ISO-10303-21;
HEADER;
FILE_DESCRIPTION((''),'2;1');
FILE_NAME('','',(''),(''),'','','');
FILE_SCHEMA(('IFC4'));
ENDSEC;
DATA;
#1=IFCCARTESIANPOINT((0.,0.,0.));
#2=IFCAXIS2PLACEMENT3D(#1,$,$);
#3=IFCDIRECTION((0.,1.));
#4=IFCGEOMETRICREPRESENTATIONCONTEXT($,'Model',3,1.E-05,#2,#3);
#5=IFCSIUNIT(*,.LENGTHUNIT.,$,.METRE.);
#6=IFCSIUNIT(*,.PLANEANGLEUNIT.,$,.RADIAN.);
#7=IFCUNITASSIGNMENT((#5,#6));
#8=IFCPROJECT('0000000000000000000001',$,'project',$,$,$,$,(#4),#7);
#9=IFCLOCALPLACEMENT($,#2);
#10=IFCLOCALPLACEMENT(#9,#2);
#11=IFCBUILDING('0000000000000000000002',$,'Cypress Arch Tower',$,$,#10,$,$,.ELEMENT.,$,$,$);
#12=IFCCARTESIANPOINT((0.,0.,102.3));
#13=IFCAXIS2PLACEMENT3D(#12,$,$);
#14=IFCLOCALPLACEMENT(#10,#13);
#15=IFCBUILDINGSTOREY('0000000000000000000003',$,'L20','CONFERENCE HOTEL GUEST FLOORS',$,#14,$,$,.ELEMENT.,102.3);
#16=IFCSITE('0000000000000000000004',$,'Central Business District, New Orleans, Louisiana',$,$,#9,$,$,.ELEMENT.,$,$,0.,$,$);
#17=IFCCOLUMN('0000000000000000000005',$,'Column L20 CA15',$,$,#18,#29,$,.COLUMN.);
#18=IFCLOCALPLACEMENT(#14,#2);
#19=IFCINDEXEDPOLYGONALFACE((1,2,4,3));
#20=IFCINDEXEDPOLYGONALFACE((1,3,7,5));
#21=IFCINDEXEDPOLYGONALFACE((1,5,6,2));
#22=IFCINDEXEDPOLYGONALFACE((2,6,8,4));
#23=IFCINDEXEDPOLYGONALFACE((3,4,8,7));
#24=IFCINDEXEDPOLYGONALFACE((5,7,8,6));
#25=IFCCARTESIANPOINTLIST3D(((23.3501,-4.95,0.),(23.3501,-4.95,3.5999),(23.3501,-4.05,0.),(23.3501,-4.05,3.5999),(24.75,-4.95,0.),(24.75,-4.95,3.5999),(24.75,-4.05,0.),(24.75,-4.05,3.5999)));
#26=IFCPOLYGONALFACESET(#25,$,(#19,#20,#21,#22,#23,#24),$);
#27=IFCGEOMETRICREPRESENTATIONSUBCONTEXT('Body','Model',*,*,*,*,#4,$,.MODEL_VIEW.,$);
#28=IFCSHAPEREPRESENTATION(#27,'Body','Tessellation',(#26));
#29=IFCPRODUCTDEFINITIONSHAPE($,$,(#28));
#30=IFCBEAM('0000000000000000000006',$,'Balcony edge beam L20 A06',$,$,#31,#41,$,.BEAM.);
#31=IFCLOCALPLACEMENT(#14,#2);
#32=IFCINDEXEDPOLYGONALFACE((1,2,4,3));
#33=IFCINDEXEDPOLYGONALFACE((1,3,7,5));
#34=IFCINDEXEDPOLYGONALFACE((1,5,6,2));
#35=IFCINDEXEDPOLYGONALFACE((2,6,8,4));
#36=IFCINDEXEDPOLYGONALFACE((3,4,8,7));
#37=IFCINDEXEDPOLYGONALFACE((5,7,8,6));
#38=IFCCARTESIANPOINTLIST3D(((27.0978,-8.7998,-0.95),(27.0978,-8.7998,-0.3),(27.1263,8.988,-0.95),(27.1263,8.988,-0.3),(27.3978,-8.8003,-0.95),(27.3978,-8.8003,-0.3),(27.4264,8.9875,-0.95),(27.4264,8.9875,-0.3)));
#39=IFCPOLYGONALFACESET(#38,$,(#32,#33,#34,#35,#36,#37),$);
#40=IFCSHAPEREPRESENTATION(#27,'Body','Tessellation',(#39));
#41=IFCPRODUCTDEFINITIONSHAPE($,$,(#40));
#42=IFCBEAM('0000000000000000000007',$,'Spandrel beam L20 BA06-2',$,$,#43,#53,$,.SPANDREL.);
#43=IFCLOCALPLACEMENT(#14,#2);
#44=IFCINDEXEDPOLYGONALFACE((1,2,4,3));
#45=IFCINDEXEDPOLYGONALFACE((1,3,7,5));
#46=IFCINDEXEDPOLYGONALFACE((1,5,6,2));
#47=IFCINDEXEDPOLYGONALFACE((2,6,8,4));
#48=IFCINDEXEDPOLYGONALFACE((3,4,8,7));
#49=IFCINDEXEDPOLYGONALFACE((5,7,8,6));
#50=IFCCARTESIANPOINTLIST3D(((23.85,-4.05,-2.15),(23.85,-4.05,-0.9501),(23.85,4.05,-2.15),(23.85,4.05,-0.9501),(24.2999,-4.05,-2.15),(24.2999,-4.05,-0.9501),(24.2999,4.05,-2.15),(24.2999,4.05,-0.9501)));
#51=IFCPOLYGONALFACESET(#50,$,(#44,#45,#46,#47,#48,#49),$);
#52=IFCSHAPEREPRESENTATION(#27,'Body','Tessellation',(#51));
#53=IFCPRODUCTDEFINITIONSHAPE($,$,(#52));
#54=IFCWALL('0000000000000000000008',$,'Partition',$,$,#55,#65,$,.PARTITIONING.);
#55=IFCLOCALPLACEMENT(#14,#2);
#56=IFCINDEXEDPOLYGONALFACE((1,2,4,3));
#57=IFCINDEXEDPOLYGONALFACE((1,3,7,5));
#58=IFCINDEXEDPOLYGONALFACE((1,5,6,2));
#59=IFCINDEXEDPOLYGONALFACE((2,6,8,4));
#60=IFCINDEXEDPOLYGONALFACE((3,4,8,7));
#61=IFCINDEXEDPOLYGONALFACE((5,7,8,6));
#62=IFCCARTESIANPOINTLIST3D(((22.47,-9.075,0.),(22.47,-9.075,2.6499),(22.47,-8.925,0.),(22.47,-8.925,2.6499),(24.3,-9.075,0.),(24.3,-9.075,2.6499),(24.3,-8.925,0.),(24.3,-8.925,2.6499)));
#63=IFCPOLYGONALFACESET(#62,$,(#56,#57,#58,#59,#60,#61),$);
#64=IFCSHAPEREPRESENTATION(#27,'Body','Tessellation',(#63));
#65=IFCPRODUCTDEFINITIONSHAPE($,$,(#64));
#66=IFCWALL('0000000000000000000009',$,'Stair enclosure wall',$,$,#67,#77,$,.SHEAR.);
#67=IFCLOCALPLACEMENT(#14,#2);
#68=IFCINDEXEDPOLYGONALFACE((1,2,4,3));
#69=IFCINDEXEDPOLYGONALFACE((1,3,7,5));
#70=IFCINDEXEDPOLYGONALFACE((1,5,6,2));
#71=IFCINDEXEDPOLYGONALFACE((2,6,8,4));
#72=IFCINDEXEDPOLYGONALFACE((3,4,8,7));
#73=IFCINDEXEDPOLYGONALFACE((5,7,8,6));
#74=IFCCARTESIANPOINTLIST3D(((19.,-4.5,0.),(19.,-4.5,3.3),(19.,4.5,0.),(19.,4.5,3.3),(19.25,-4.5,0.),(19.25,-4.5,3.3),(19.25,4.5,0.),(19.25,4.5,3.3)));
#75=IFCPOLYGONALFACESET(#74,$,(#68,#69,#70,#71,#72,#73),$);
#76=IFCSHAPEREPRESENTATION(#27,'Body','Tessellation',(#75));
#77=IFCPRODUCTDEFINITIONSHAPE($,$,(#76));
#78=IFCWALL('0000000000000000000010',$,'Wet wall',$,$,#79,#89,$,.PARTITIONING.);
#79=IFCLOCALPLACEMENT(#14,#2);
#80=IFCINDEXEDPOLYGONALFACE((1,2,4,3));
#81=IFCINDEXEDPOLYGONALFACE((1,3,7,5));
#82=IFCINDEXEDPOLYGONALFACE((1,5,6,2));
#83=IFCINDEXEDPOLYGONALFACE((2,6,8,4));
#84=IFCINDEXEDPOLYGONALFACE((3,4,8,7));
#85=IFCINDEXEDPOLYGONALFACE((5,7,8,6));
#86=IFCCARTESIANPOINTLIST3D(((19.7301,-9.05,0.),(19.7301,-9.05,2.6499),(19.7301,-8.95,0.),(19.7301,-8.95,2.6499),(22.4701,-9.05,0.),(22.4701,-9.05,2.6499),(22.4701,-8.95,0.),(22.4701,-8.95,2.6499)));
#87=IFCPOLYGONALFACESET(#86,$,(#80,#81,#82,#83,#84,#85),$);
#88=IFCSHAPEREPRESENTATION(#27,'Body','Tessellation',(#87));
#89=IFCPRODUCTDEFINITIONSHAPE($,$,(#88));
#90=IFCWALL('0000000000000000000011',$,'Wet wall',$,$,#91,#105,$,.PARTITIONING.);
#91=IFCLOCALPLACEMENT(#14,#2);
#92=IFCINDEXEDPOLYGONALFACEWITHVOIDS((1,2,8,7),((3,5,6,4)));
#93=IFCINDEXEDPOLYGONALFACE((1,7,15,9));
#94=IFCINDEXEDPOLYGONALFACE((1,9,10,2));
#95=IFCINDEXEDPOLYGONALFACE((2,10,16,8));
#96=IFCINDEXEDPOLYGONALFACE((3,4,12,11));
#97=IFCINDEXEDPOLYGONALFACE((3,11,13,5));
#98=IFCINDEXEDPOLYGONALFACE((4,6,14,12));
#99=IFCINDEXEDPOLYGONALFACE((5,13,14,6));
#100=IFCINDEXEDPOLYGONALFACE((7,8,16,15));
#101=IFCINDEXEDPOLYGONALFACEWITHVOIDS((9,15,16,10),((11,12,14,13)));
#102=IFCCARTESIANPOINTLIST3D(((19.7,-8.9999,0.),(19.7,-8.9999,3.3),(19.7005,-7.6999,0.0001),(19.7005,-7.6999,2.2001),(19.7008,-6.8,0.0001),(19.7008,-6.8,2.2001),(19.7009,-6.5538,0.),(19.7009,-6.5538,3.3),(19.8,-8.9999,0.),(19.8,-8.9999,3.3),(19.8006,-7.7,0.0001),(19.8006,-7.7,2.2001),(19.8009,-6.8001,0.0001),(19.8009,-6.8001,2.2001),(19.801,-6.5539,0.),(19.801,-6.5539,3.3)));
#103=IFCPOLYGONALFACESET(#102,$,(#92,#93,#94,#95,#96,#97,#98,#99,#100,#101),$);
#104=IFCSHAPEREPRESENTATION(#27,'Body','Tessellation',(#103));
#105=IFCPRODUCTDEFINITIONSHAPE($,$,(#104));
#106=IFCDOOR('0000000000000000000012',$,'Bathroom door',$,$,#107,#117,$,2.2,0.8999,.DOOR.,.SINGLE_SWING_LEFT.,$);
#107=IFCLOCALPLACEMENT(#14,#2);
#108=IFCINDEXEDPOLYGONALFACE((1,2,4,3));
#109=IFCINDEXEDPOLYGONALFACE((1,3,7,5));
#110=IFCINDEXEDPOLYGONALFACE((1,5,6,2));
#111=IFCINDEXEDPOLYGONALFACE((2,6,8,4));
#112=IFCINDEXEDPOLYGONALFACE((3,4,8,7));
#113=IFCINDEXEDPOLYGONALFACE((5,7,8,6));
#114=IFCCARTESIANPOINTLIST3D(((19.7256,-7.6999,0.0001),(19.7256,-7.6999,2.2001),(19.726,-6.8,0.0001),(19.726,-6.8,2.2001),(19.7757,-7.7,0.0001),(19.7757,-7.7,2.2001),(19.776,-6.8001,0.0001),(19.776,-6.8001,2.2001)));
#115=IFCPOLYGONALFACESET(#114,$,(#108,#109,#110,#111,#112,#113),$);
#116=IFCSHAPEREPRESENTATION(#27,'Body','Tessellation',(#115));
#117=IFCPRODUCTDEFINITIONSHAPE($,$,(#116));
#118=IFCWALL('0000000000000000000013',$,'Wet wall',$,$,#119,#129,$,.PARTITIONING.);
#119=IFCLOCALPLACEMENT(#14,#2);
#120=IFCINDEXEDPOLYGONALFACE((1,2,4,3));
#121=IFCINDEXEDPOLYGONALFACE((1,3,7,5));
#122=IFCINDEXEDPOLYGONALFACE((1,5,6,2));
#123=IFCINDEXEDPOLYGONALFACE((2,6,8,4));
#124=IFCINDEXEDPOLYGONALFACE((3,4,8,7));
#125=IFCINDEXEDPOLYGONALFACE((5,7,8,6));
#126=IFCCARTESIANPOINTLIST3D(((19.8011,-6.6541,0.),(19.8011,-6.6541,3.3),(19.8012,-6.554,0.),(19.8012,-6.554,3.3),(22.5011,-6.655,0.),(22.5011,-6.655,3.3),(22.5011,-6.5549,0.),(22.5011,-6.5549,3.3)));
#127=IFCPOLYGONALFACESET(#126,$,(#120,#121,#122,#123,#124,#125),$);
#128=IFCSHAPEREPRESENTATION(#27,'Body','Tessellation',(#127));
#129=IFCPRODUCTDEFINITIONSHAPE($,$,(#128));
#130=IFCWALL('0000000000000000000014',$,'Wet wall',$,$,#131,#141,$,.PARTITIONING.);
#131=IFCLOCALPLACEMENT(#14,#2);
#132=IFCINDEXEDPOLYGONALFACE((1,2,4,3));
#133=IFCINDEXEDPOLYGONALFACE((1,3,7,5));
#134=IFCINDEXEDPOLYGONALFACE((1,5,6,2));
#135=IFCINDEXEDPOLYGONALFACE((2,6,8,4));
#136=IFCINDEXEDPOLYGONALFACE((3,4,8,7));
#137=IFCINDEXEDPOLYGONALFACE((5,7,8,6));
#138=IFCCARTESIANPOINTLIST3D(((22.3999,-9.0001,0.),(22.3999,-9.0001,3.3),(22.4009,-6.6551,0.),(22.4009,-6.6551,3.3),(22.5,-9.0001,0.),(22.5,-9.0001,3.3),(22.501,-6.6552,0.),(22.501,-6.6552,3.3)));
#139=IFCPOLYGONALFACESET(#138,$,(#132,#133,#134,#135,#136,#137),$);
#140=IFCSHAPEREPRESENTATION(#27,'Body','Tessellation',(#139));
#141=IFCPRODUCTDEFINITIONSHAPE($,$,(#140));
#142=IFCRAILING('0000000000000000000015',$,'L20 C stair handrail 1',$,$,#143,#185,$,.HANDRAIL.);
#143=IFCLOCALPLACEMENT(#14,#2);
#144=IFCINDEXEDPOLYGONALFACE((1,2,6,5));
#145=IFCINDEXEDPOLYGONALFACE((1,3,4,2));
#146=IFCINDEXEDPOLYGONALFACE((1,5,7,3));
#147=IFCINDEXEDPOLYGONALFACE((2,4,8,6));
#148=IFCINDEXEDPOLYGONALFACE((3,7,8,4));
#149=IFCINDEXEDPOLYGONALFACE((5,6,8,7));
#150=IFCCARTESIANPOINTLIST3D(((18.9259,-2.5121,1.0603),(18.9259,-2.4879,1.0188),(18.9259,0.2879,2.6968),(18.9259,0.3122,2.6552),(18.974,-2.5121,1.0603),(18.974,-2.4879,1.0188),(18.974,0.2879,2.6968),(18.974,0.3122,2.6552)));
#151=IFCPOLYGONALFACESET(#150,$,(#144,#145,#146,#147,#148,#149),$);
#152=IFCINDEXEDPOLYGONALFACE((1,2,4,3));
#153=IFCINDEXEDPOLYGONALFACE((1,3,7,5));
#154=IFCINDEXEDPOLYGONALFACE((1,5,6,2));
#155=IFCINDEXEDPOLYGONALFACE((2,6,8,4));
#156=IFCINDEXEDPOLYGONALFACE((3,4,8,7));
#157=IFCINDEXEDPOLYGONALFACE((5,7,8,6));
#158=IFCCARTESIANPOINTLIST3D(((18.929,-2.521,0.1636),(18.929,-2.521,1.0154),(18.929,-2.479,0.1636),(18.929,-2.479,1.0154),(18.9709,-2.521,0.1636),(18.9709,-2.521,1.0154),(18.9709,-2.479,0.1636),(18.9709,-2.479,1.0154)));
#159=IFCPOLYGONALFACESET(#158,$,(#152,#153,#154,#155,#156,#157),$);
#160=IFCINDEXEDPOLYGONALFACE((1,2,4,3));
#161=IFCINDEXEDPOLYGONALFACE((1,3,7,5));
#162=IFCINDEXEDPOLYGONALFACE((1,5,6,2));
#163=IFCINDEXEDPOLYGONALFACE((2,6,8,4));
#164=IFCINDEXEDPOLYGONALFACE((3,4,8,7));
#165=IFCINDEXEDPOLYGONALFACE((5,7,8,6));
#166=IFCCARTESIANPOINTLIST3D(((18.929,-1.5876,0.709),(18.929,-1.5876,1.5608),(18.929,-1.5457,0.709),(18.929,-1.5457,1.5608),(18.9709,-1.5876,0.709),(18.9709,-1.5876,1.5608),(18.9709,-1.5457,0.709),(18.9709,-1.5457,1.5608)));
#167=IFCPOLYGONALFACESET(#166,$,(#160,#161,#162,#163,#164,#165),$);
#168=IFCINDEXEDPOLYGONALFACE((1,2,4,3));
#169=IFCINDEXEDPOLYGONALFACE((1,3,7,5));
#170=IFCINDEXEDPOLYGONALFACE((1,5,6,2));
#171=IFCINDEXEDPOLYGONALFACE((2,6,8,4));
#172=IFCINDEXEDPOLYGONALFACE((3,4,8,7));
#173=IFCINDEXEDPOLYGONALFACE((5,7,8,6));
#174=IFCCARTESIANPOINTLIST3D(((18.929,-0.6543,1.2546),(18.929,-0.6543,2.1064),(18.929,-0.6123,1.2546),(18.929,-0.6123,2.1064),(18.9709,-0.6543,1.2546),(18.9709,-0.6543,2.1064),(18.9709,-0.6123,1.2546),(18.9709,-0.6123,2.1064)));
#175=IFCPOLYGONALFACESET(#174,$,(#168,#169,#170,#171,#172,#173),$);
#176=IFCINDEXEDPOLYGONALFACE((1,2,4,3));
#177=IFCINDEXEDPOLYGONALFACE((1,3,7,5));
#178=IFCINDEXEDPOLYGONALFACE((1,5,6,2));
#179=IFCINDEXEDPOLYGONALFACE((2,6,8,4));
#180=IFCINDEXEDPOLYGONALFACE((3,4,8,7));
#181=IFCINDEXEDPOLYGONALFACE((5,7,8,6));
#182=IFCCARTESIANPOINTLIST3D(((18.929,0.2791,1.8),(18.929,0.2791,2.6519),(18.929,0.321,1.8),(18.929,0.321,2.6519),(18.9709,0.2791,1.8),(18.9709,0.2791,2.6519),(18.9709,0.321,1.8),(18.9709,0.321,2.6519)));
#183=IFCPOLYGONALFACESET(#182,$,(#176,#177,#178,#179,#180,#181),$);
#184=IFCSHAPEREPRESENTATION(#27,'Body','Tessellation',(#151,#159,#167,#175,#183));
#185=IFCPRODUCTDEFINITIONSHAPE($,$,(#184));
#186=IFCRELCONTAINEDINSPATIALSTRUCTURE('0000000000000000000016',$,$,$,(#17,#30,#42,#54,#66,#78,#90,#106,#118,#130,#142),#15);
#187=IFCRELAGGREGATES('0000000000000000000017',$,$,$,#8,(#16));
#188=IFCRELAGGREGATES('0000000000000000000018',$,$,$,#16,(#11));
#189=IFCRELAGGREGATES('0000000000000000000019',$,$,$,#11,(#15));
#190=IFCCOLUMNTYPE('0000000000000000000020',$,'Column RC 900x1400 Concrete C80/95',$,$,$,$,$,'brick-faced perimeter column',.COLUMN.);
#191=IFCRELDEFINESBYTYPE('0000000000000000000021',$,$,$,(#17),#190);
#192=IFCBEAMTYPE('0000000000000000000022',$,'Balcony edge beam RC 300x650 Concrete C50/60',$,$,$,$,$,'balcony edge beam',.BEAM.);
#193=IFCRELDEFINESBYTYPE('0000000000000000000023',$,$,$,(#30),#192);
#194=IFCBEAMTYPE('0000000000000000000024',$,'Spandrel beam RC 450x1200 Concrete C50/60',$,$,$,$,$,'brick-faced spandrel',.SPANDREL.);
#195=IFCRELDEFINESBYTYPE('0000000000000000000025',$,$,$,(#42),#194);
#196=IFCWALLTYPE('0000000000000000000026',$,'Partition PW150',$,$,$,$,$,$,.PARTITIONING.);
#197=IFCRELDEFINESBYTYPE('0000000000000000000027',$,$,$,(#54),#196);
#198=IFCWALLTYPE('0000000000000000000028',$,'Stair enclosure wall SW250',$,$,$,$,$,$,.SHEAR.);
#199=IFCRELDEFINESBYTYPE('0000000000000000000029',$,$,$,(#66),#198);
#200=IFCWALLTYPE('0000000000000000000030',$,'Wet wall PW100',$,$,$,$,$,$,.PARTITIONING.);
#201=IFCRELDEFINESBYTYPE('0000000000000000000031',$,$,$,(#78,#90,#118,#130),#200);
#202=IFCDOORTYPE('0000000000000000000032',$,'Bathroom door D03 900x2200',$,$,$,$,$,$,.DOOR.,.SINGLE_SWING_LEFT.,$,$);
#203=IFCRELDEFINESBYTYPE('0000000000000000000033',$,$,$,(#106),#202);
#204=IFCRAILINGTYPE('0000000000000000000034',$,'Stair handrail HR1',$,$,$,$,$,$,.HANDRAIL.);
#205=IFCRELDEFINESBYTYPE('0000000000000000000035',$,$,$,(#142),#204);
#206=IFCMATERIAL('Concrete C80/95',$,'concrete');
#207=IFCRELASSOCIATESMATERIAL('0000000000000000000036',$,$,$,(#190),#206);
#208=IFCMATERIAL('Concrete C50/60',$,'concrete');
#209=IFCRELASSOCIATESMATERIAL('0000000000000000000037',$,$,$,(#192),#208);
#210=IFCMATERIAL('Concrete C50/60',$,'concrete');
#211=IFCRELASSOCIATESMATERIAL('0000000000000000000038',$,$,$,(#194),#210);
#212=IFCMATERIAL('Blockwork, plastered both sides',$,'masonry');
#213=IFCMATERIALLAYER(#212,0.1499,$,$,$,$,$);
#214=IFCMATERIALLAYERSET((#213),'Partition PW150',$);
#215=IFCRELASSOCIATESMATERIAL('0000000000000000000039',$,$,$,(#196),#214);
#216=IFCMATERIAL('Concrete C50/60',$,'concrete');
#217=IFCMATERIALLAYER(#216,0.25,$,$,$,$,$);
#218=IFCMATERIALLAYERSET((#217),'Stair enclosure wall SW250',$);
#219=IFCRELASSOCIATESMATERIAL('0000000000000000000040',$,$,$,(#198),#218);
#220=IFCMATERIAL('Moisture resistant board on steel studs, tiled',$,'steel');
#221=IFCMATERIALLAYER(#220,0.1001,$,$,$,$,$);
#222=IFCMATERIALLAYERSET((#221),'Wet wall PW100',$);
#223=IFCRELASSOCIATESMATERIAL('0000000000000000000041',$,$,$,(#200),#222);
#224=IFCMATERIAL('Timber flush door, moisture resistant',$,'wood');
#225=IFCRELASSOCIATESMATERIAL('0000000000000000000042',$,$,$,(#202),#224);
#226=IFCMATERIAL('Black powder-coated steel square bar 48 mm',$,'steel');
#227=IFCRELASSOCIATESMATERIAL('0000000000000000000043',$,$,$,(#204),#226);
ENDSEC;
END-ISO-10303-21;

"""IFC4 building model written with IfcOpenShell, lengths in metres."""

from ifc_helpers import new_model, si_unit, direction, frame, frame_2d, origin, origin_2d, place, context, subcontext, project, spatial, rectangle, extrude, material, layer, layer_set, material_profile, profile_set, type_object, element, fill, save


model = new_model("IFC4")

# Units and contexts
model_context = context("Model", 3, precision=1e-05, world=origin(), true_north=direction((0.0, 1.0)))
body_context = subcontext(model_context, "Body", "Model", "MODEL_VIEW")
ifc_project = project(units=[si_unit("LENGTHUNIT", "METRE"), si_unit("PLANEANGLEUNIT", "RADIAN")], contexts=[model_context])

# Site, building, storey
site_placement = place(None, origin())
site = spatial("IfcSite", under=ifc_project, at=site_placement, Name="Central Business District, New Orleans, Louisiana", CompositionType="ELEMENT", RefElevation=0.0)
building_placement = place(site_placement, origin())
building = spatial("IfcBuilding", under=site, at=building_placement, Name="Cypress Arch Tower", CompositionType="ELEMENT")
storey_placement = place(building_placement, frame((0.0, 0.0, 102.3)))
storey = spatial("IfcBuildingStorey", under=building, at=storey_placement, Name="L20", Description="CONFERENCE HOTEL GUEST FLOORS", CompositionType="ELEMENT", Elevation=102.3)

# Column
ifc_material_1 = material(Name="Concrete C80/95", Category="concrete")
ifc_material_profile_1 = material_profile(ifc_material_1, rectangle(XDim=0.8999, YDim=1.3999, at=origin_2d()), Name="RC 900x1400")
ifc_profile_set_1 = profile_set([ifc_material_profile_1], Name="Concrete C80/95")
column_type = type_object("IfcColumnType", Name="Column RC 900x1400 Concrete C80/95", ElementType="brick-faced perimeter column", PredefinedType="COLUMN", material=ifc_profile_set_1)
column_placement = place(storey_placement, frame((24.05, -4.5, 0.0), z_axis=(0.0, 0.0, 1.0), x_axis=(0.0, 1.0, 0.0)))
element("IfcColumn", 1, at=column_placement, inside=storey, type_object=column_type, Name="Column L20 CA15", PredefinedType="COLUMN", context=body_context, shape_type="SweptSolid", body=[
    extrude(rectangle(XDim=0.8999, YDim=1.3999, at=origin_2d()), origin(), (0.0, 0.0, 1.0), 3.5999),
])

# Beams
ifc_material_2 = material(Name="Concrete C50/60", Category="concrete")
ifc_material_profile_2 = material_profile(ifc_material_2, rectangle(XDim=0.3, YDim=0.6499, at=origin_2d()), Name="RC 300x650")
ifc_profile_set_2 = profile_set([ifc_material_profile_2], Name="Concrete C50/60")
beam_type_1 = type_object("IfcBeamType", Name="Balcony edge beam RC 300x650 Concrete C50/60", ElementType="balcony edge beam", PredefinedType="BEAM", material=ifc_profile_set_2)
beam_1_placement = place(storey_placement, frame((27.2478, -8.8, -0.625), z_axis=(0.001606, 0.999999, 0.0), x_axis=(-0.999999, 0.001606, 0.0)))
element("IfcBeam", 2, at=beam_1_placement, inside=storey, type_object=beam_type_1, Name="Balcony edge beam L20 A06", PredefinedType="BEAM", context=body_context, shape_type="SweptSolid", body=[
    extrude(rectangle(XDim=0.3, YDim=0.6499, at=origin_2d()), origin(), (0.0, 0.0, 1.0), 17.7878),
])
ifc_material_3 = material(Name="Concrete C50/60", Category="concrete")
ifc_material_profile_3 = material_profile(ifc_material_3, rectangle(XDim=0.45, YDim=1.2, at=origin_2d()), Name="RC 450x1200")
ifc_profile_set_3 = profile_set([ifc_material_profile_3], Name="Concrete C50/60")
beam_type_2 = type_object("IfcBeamType", Name="Spandrel beam RC 450x1200 Concrete C50/60", ElementType="brick-faced spandrel", PredefinedType="SPANDREL", material=ifc_profile_set_3)
beam_2_placement = place(storey_placement, frame((24.075, -4.05, -1.55), z_axis=(0.0, 1.0, 0.0), x_axis=(-1.0, 0.0, 0.0)))
element("IfcBeam", 3, at=beam_2_placement, inside=storey, type_object=beam_type_2, Name="Spandrel beam L20 BA06-2", PredefinedType="SPANDREL", context=body_context, shape_type="SweptSolid", body=[
    extrude(rectangle(XDim=0.45, YDim=1.2, at=origin_2d()), origin(), (0.0, 0.0, 1.0), 8.1001),
])

# Walls
ifc_material_4 = material(Name="Blockwork, plastered both sides", Category="masonry")
ifc_layer_1 = layer(ifc_material_4, 0.1499)
ifc_layer_set_1 = layer_set([ifc_layer_1], Name="Partition PW150")
wall_type_1 = type_object("IfcWallType", Name="Partition PW150", PredefinedType="PARTITIONING", material=ifc_layer_set_1)
wall_1_placement = place(storey_placement, frame((22.47, -9.0, 0.0), z_axis=(0.0, 0.0, 1.0), x_axis=(1.0, 0.0, 0.0)))
element("IfcWall", 4, at=wall_1_placement, inside=storey, type_object=wall_type_1, Name="Partition", PredefinedType="PARTITIONING", context=body_context, shape_type="SweptSolid", body=[
    extrude(rectangle(XDim=1.8301, YDim=0.1499, at=frame_2d((0.915, 0.0))), origin(), (0.0, 0.0, 1.0), 2.6499),
])
ifc_material_5 = material(Name="Concrete C50/60", Category="concrete")
ifc_layer_2 = layer(ifc_material_5, 0.25)
ifc_layer_set_2 = layer_set([ifc_layer_2], Name="Stair enclosure wall SW250")
wall_type_2 = type_object("IfcWallType", Name="Stair enclosure wall SW250", PredefinedType="SHEAR", material=ifc_layer_set_2)
wall_2_placement = place(storey_placement, frame((19.125, -4.5, 0.0), z_axis=(0.0, 0.0, 1.0), x_axis=(0.0, 1.0, 0.0)))
element("IfcWall", 5, at=wall_2_placement, inside=storey, type_object=wall_type_2, Name="Stair enclosure wall", PredefinedType="SHEAR", context=body_context, shape_type="SweptSolid", body=[
    extrude(rectangle(XDim=9.0, YDim=0.25, at=frame_2d((4.5, 0.0))), origin(), (0.0, 0.0, 1.0), 3.3),
])
ifc_material_6 = material(Name="Moisture resistant board on steel studs, tiled", Category="steel")
ifc_layer_3 = layer(ifc_material_6, 0.1001)
ifc_layer_set_3 = layer_set([ifc_layer_3], Name="Wet wall PW100")
wall_type_3 = type_object("IfcWallType", Name="Wet wall PW100", PredefinedType="PARTITIONING", material=ifc_layer_set_3)
wall_3_placement = place(storey_placement, frame((19.73, -9.0, 0.0), z_axis=(0.0, 0.0, 1.0), x_axis=(1.0, 0.0, 0.0)))
element("IfcWall", 6, at=wall_3_placement, inside=storey, type_object=wall_type_3, Name="Wet wall", PredefinedType="PARTITIONING", context=body_context, shape_type="SweptSolid", body=[
    extrude(rectangle(XDim=2.74, YDim=0.1001, at=frame_2d((1.3701, 0.0))), origin(), (0.0, 0.0, 1.0), 2.6499),
])

# Wall, opening, door
wall_4_placement = place(storey_placement, frame((19.75, -9.0, 0.0), z_axis=(0.0, 0.0, 1.0), x_axis=(0.000399, 1.0, 0.0)))
wall_4 = element("IfcWall", 7, at=wall_4_placement, inside=storey, type_object=wall_type_3, Name="Wet wall", PredefinedType="PARTITIONING", context=body_context, shape_type="SweptSolid", body=[
    extrude(rectangle(XDim=2.446, YDim=0.1001, at=frame_2d((1.2231, 0.0))), origin(), (0.0, 0.0, 1.0), 3.3),
])
opening_1_placement = place(wall_4_placement, frame((1.3, 0.0, 0.0)))
opening_1 = element("IfcOpeningElement", 8, at=opening_1_placement, cuts=wall_4, PredefinedType="OPENING", context=body_context, shape_type="SweptSolid", body=[
    extrude(rectangle(XDim=0.8999, YDim=2.2, at=frame_2d((0.45, 1.1001))), frame((0.0, 0.0601, 0.0), z_axis=(0.0, -1.0, 0.0), x_axis=(1.0, 0.0, 0.0)), (0.0, 0.0, 1.0), 0.1201),
])
ifc_material_7 = material(Name="Timber flush door, moisture resistant", Category="wood")
door_type_1 = type_object("IfcDoorType", Name="Bathroom door D03 900x2200", OperationType="SINGLE_SWING_LEFT", PredefinedType="DOOR", material=ifc_material_7)
door_1_placement = place(opening_1_placement, origin())
door_1 = element("IfcDoor", 9, at=door_1_placement, inside=storey, type_object=door_type_1, Name="Bathroom door", OperationType="SINGLE_SWING_LEFT", OverallHeight=2.2, OverallWidth=0.8999, PredefinedType="DOOR", context=body_context, shape_type="SweptSolid", body=[
    extrude(rectangle(XDim=0.8999, YDim=2.2, at=frame_2d((0.45, 1.1001))), frame((0.0, 0.0249, 0.0), z_axis=(0.0, -1.0, 0.0), x_axis=(1.0, 0.0, 0.0)), (0.0, 0.0, 1.0), 0.05),
])
fill(opening_1, door_1)

# Walls
wall_5_placement = place(storey_placement, frame((19.801, -6.604, 0.0), z_axis=(0.0, 0.0, 1.0), x_axis=(1.0, -0.000362, 0.0)))
element("IfcWall", 10, at=wall_5_placement, inside=storey, type_object=wall_type_3, Name="Wet wall", PredefinedType="PARTITIONING", context=body_context, shape_type="SweptSolid", body=[
    extrude(rectangle(XDim=2.7, YDim=0.1001, at=frame_2d((1.3501, 0.0))), origin(), (0.0, 0.0, 1.0), 3.3),
])
wall_6_placement = place(storey_placement, frame((22.45, -9.0, 0.0), z_axis=(0.0, 0.0, 1.0), x_axis=(0.000416, 1.0, 0.0)))
element("IfcWall", 11, at=wall_6_placement, inside=storey, type_object=wall_type_3, Name="Wet wall", PredefinedType="PARTITIONING", context=body_context, shape_type="SweptSolid", body=[
    extrude(rectangle(XDim=2.345, YDim=0.1001, at=frame_2d((1.1724, 0.0))), origin(), (0.0, 0.0, 1.0), 3.3),
])

# Railing
ifc_material_8 = material(Name="Black powder-coated steel square bar 48 mm", Category="steel")
railing_type_1 = type_object("IfcRailingType", Name="Stair handrail HR1", PredefinedType="HANDRAIL", material=ifc_material_8)
railing_1_placement = place(storey_placement, frame((18.95, -2.5, 0.1636)))
element("IfcRailing", 12, at=railing_1_placement, inside=storey, type_object=railing_type_1, Name="L20 C stair handrail 1", PredefinedType="HANDRAIL", context=body_context, shape_type="SweptSolid", body=[
    extrude(rectangle(XDim=0.0481, YDim=0.0481, at=origin_2d()), frame((0.0, 0.0, 0.876), z_axis=(0.0, 0.863361, 0.504587), x_axis=(-1.0, 0.0, 0.0)), (0.0, 0.0, 1.0), 3.2432),
    extrude(rectangle(XDim=0.042, YDim=0.042, at=origin_2d()), origin(), (0.0, 0.0, 1.0), 0.8518),
    extrude(rectangle(XDim=0.042, YDim=0.042, at=origin_2d()), frame((0.0, 0.9333, 0.5454)), (0.0, 0.0, 1.0), 0.8518),
    extrude(rectangle(XDim=0.042, YDim=0.042, at=origin_2d()), frame((0.0, 1.8667, 1.0911)), (0.0, 0.0, 1.0), 0.8518),
    extrude(rectangle(XDim=0.042, YDim=0.042, at=origin_2d()), frame((0.0, 2.8, 1.6365)), (0.0, 0.0, 1.0), 0.8518),
])

save(model, "model.ifc")
